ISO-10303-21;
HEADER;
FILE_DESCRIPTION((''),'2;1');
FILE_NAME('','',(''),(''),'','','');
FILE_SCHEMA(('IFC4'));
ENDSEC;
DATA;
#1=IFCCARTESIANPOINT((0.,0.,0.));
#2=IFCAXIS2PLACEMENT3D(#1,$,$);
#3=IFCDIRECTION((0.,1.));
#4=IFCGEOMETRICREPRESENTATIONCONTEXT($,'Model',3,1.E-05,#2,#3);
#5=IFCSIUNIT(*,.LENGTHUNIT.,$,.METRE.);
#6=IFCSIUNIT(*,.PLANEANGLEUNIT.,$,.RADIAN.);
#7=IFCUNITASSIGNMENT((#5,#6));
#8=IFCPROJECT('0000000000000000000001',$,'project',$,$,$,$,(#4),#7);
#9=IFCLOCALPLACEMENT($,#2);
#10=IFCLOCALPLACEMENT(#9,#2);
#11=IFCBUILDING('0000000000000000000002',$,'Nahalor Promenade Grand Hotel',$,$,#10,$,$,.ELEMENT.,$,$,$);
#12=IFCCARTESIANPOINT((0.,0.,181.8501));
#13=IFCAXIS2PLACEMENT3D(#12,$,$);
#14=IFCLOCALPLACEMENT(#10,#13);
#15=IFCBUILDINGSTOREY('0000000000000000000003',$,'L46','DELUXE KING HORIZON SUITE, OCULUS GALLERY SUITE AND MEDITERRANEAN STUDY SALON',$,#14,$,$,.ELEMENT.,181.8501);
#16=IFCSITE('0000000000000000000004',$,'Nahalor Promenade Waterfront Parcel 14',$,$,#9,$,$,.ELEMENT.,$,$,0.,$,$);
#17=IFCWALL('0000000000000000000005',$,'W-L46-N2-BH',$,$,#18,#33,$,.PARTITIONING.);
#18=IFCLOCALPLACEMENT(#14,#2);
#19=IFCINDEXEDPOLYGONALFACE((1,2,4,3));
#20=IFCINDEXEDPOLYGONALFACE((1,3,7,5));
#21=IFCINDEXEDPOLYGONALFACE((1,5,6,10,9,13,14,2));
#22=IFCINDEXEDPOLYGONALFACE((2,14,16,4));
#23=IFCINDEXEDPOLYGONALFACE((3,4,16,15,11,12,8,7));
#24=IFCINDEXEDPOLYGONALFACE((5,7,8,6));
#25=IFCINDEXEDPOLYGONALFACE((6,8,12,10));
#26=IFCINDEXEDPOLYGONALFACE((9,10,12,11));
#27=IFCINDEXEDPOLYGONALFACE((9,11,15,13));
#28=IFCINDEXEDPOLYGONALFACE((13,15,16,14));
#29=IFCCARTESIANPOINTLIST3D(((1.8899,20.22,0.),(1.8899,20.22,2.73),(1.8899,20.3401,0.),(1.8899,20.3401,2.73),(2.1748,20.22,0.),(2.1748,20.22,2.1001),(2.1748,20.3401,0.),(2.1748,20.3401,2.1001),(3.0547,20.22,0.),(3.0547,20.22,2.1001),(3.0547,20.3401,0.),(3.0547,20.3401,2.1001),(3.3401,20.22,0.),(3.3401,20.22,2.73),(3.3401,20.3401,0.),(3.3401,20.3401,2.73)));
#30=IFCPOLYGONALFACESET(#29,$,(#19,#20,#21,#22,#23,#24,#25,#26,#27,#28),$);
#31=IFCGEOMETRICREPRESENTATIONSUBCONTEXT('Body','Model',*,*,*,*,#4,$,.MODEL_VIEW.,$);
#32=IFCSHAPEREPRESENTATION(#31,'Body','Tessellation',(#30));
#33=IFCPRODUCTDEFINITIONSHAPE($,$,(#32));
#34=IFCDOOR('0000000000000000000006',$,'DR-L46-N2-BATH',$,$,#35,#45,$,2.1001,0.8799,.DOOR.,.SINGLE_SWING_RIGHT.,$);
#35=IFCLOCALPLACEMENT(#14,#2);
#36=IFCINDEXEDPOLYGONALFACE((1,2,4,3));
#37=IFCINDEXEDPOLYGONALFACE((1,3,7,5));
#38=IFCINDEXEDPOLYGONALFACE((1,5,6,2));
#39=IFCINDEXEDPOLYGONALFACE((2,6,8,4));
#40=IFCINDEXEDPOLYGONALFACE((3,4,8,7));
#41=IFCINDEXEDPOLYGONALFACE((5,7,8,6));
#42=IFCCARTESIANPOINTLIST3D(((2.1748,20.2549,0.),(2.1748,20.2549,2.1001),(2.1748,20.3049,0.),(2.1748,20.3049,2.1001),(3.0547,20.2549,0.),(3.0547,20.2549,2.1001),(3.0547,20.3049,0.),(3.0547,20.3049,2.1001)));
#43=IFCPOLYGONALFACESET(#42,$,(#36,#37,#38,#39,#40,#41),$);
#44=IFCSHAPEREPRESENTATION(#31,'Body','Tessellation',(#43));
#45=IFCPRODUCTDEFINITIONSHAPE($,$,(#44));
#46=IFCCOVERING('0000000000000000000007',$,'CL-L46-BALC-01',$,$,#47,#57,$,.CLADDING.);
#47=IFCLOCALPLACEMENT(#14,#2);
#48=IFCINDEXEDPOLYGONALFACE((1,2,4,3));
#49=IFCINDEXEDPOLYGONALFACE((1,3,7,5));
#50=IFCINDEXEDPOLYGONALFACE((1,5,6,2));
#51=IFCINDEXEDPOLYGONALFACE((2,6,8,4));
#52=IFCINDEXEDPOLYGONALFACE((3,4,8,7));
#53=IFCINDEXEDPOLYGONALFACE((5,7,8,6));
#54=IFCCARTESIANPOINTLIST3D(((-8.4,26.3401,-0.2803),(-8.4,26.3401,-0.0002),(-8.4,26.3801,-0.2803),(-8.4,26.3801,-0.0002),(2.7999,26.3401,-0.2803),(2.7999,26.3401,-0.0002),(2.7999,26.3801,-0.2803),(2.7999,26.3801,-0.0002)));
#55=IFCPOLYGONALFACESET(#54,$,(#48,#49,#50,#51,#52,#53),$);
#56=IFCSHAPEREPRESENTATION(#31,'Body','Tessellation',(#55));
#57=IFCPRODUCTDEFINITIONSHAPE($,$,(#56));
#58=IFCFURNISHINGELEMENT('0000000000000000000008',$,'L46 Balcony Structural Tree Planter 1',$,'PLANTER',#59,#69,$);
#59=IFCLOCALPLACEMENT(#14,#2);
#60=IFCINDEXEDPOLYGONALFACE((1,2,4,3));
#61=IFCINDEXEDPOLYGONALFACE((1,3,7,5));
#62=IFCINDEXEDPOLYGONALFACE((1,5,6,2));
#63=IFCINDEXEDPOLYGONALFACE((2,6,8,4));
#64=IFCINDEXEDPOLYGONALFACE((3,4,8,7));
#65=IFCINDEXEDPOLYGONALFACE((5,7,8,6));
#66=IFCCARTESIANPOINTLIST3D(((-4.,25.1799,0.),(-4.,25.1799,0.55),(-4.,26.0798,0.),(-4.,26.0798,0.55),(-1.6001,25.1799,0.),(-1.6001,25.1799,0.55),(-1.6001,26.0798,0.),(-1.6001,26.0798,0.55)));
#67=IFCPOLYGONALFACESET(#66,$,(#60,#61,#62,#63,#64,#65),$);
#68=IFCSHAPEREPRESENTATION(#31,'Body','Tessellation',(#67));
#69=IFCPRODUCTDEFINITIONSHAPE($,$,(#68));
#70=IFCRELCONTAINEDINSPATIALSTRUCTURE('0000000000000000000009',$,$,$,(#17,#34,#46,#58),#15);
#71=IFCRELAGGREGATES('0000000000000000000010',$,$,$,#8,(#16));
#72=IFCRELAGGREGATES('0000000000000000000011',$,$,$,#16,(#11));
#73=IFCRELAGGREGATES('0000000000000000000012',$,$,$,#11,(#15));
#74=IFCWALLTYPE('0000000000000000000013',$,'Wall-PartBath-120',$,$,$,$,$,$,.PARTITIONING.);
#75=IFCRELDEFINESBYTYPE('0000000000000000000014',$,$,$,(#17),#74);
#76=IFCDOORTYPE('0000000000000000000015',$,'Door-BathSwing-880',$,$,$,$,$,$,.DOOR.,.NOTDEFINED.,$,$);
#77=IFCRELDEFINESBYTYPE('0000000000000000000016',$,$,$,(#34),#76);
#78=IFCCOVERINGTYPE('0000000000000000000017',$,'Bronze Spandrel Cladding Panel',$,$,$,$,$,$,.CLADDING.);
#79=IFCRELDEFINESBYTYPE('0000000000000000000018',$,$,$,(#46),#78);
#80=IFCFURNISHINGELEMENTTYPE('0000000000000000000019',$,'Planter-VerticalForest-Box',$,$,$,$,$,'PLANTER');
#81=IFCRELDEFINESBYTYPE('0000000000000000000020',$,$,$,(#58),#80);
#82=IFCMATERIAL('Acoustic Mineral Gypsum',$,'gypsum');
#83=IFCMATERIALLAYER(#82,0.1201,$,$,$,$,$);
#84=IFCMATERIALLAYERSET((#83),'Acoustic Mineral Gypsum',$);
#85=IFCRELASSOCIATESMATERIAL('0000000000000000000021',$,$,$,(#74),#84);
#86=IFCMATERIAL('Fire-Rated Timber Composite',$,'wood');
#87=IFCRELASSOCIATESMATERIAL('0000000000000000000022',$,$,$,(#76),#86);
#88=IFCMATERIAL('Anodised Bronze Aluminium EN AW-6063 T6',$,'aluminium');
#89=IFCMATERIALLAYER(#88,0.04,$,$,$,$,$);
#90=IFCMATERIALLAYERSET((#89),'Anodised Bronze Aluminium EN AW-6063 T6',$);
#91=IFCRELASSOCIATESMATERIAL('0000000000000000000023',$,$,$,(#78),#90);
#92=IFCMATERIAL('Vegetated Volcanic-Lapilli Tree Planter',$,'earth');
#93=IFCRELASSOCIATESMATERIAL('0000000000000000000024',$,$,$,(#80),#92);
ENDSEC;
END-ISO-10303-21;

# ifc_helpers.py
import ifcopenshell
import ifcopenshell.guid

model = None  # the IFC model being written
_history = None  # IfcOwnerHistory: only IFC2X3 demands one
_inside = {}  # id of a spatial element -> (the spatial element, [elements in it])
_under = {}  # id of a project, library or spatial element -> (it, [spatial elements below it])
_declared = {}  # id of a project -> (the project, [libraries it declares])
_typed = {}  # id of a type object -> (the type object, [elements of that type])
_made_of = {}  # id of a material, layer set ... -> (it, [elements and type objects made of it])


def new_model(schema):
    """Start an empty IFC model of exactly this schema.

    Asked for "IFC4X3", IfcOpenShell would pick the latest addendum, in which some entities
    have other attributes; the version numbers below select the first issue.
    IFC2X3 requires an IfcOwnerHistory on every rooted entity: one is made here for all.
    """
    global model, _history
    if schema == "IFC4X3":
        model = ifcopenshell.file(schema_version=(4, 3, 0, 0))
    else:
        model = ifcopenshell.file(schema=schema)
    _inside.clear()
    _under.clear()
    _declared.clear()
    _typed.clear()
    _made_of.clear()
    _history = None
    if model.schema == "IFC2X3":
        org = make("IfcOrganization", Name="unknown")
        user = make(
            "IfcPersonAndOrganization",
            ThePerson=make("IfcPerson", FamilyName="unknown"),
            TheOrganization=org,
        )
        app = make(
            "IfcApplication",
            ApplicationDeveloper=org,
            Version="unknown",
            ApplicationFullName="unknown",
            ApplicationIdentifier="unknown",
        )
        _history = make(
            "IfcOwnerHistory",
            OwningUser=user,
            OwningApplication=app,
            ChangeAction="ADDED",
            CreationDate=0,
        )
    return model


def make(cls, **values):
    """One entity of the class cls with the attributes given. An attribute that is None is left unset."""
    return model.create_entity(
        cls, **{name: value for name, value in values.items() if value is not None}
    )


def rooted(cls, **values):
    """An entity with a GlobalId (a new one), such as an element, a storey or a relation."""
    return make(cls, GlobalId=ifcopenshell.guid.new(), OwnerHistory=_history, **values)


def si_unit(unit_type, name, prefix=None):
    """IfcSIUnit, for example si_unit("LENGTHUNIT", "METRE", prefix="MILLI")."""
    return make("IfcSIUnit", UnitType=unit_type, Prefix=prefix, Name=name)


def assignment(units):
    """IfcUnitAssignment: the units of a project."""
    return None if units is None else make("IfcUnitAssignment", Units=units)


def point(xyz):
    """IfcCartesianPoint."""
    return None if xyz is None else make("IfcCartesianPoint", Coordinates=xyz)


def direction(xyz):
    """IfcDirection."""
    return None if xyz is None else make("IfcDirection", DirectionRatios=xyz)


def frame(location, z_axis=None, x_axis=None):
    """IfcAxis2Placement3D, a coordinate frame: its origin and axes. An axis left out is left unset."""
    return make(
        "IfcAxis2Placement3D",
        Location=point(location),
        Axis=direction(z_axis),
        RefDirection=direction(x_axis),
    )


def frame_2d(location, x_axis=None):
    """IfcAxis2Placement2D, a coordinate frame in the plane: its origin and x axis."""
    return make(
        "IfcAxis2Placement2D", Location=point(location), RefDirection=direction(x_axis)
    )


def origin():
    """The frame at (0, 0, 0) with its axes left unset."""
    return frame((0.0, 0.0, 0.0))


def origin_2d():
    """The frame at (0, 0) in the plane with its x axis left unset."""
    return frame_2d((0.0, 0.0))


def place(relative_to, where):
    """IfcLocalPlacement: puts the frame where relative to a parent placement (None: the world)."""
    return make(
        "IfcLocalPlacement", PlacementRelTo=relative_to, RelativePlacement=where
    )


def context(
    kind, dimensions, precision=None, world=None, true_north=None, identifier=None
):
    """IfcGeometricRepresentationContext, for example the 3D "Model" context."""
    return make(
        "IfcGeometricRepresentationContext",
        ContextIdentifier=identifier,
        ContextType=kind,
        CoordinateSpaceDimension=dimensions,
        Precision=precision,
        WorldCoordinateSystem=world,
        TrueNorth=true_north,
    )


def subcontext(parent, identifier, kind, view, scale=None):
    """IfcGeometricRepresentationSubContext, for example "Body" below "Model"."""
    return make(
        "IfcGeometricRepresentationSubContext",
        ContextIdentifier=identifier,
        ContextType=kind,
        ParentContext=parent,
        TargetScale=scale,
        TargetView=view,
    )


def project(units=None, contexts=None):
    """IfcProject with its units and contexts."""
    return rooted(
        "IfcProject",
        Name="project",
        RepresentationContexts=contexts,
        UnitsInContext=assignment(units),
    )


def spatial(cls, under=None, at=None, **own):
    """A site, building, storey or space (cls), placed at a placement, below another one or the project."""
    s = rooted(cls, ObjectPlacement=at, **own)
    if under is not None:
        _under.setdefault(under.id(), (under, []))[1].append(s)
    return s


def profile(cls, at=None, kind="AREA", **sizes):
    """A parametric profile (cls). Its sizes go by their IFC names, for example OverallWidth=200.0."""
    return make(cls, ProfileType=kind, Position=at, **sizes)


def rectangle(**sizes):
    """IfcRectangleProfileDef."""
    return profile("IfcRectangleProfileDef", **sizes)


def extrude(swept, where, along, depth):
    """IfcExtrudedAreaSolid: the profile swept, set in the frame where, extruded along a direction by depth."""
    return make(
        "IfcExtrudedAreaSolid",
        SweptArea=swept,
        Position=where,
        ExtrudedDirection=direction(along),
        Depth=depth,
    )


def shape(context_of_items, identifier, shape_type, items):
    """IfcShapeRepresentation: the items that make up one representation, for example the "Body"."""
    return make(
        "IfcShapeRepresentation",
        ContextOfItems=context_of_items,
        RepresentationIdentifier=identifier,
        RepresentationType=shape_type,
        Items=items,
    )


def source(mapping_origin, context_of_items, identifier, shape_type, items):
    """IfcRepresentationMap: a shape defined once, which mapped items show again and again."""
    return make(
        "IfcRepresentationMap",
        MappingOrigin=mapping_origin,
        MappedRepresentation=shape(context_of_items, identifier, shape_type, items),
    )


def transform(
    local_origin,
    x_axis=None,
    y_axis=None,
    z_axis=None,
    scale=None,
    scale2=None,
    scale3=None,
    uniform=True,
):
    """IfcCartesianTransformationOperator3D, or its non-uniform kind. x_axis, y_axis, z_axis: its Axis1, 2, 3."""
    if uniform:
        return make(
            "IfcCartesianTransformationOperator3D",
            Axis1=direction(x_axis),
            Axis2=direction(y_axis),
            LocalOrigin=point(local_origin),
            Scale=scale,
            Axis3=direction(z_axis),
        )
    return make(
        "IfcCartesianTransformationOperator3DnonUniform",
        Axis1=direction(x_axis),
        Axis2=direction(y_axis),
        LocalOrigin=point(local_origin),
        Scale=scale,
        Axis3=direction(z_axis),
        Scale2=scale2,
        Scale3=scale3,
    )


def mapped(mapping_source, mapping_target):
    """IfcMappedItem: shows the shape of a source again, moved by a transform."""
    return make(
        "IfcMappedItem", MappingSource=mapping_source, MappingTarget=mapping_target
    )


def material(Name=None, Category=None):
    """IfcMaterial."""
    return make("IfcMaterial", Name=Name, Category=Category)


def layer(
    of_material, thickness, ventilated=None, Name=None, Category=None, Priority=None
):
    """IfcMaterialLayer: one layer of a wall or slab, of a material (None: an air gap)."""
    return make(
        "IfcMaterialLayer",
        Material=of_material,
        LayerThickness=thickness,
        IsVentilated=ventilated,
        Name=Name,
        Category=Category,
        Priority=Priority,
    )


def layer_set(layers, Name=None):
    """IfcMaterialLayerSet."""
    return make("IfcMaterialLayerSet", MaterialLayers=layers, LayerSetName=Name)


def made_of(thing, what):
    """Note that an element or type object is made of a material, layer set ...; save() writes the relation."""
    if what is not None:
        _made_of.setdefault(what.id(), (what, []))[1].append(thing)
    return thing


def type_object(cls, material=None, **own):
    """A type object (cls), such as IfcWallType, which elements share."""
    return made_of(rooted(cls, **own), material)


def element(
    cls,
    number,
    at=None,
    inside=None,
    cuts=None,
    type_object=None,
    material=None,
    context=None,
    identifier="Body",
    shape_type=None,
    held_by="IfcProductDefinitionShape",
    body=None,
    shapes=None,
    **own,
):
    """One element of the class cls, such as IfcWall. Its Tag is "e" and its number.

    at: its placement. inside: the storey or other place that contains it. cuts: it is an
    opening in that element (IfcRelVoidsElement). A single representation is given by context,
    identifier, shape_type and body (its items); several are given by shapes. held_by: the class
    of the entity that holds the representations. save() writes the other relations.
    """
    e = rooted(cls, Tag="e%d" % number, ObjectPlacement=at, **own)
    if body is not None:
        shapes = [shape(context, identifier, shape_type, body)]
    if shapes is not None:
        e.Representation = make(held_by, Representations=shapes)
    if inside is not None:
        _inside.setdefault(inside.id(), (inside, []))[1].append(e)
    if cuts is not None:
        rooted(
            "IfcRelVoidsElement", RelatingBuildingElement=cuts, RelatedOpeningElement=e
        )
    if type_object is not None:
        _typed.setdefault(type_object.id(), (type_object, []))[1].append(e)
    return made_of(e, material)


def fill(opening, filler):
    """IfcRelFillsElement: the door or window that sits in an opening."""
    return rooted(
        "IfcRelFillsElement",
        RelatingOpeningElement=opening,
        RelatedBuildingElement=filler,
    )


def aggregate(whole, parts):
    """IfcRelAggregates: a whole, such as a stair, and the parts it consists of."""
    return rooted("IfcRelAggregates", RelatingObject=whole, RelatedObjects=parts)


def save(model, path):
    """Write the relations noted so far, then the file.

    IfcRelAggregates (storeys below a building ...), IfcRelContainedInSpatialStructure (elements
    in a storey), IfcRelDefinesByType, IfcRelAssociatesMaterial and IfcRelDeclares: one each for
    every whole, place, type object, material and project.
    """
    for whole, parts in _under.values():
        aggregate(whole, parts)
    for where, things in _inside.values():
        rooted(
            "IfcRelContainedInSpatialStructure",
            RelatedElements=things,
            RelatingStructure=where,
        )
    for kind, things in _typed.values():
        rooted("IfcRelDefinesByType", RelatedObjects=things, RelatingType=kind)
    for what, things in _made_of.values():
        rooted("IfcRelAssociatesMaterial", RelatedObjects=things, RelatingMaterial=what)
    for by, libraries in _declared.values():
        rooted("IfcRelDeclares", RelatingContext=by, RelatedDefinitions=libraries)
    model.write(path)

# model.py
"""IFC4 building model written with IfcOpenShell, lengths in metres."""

from ifc_helpers import new_model, si_unit, direction, frame, frame_2d, origin, origin_2d, place, context, subcontext, project, spatial, rectangle, extrude, source, transform, mapped, material, layer, layer_set, type_object, element, fill, save


model = new_model("IFC4")

# Units and contexts
model_context = context("Model", 3, precision=1e-05, world=origin(), true_north=direction((0.0, 1.0)))
body_context = subcontext(model_context, "Body", "Model", "MODEL_VIEW")
ifc_project = project(units=[si_unit("LENGTHUNIT", "METRE"), si_unit("PLANEANGLEUNIT", "RADIAN")], contexts=[model_context])

# Site, building, storey
site_placement = place(None, origin())
site = spatial("IfcSite", under=ifc_project, at=site_placement, Name="Nahalor Promenade Waterfront Parcel 14", CompositionType="ELEMENT", RefElevation=0.0)
building_placement = place(site_placement, origin())
building = spatial("IfcBuilding", under=site, at=building_placement, Name="Nahalor Promenade Grand Hotel", CompositionType="ELEMENT")
storey_placement = place(building_placement, frame((0.0, 0.0, 181.8501)))
storey = spatial("IfcBuildingStorey", under=building, at=storey_placement, Name="L46", Description="DELUXE KING HORIZON SUITE, OCULUS GALLERY SUITE AND MEDITERRANEAN STUDY SALON", CompositionType="ELEMENT", Elevation=181.8501)

# Shared definitions
ifc_material_1 = material(Name="Anodised Bronze Aluminium EN AW-6063 T6", Category="aluminium")

# Shared definitions
ifc_material_2 = material(Name="Acoustic Mineral Gypsum", Category="gypsum")
ifc_layer_1 = layer(ifc_material_2, 0.1201)
ifc_layer_set_1 = layer_set([ifc_layer_1], Name="Acoustic Mineral Gypsum")
wall_type_1 = type_object("IfcWallType", Name="Wall-PartBath-120", PredefinedType="PARTITIONING", material=ifc_layer_set_1)
ifc_material_3 = material(Name="Fire-Rated Timber Composite", Category="wood")
door_type_1 = type_object("IfcDoorType", Name="Door-BathSwing-880", OperationType="NOTDEFINED", PredefinedType="DOOR", material=ifc_material_3)
shared_shape_1 = source(origin(), body_context, "Body", "SweptSolid", [
    extrude(rectangle(XDim=0.8799, YDim=2.1001, at=frame_2d((0.4399, 1.05))), frame((0.0, 0.0249, 0.0), z_axis=(0.0, -1.0, 0.0), x_axis=(1.0, 0.0, 0.0)), (0.0, 0.0, 1.0), 0.05),
])

# Wall, opening, door
shared_shape_2 = source(origin(), body_context, "Body", "SweptSolid", [
    extrude(rectangle(XDim=1.4502, YDim=0.1201, at=frame_2d((0.7251, 0.0))), origin(), (0.0, 0.0, 1.0), 2.73),
])
wall_1_placement = place(storey_placement, frame((1.8899, 20.28, 0.0), z_axis=(0.0, 0.0, 1.0), x_axis=(1.0, 0.0, 0.0)))
wall_1 = element("IfcWall", 1, at=wall_1_placement, inside=storey, type_object=wall_type_1, Name="W-L46-N2-BH", PredefinedType="PARTITIONING", context=body_context, shape_type="MappedRepresentation", body=[
    mapped(shared_shape_2, transform((0.0, 0.0, 0.0), scale=1.0)),
])
opening_1_placement = place(wall_1_placement, frame((0.2849, 0.0, 0.0)))
opening_1 = element("IfcOpeningElement", 2, at=opening_1_placement, cuts=wall_1, PredefinedType="OPENING", context=body_context, shape_type="SweptSolid", body=[
    extrude(rectangle(XDim=0.8799, YDim=2.1001, at=frame_2d((0.4399, 1.05))), frame((0.0, 0.0701, 0.0), z_axis=(0.0, -1.0, 0.0), x_axis=(1.0, 0.0, 0.0)), (0.0, 0.0, 1.0), 0.1401),
])
door_1_placement = place(opening_1_placement, origin())
door_1 = element("IfcDoor", 3, at=door_1_placement, inside=storey, type_object=door_type_1, Name="DR-L46-N2-BATH", OperationType="SINGLE_SWING_RIGHT", OverallHeight=2.1001, OverallWidth=0.8799, PredefinedType="DOOR", context=body_context, shape_type="MappedRepresentation", body=[
    mapped(shared_shape_1, transform((0.0, 0.0, 0.0), scale=1.0)),
])
fill(opening_1, door_1)

# Covering
ifc_layer_2 = layer(ifc_material_1, 0.04)
ifc_layer_set_2 = layer_set([ifc_layer_2], Name="Anodised Bronze Aluminium EN AW-6063 T6")
covering_type = type_object("IfcCoveringType", Name="Bronze Spandrel Cladding Panel", PredefinedType="CLADDING", material=ifc_layer_set_2)
shared_shape_3 = source(origin(), body_context, "Body", "SweptSolid", [
    extrude(rectangle(XDim=11.2, YDim=0.04, at=origin_2d()), origin(), (0.0, 0.0, 1.0), 0.28),
])
covering_placement = place(storey_placement, frame((-2.8, 26.3601, -0.2803), z_axis=(0.0, 0.0, 1.0), x_axis=(1.0, 0.0, 0.0)))
element("IfcCovering", 4, at=covering_placement, inside=storey, type_object=covering_type, Name="CL-L46-BALC-01", PredefinedType="CLADDING", context=body_context, shape_type="MappedRepresentation", body=[
    mapped(shared_shape_3, transform((0.0, 0.0, 0.0), scale=1.0)),
])

# Furnishing element
ifc_material_4 = material(Name="Vegetated Volcanic-Lapilli Tree Planter", Category="earth")
furnishing_element_type = type_object("IfcFurnishingElementType", Name="Planter-VerticalForest-Box", ElementType="PLANTER", material=ifc_material_4)
shared_shape_4 = source(origin(), body_context, "Body", "SweptSolid", [
    extrude(rectangle(XDim=2.3999, YDim=0.8999, at=origin_2d()), origin(), (0.0, 0.0, 1.0), 0.55),
])
furnishing_placement = place(storey_placement, frame((-2.8, 25.6299, 0.0), z_axis=(0.0, 0.0, 1.0), x_axis=(1.0, 0.0, 0.0)))
element("IfcFurnishingElement", 5, at=furnishing_placement, inside=storey, type_object=furnishing_element_type, Name="L46 Balcony Structural Tree Planter 1", ObjectType="PLANTER", context=body_context, shape_type="MappedRepresentation", body=[
    mapped(shared_shape_4, transform((0.0, 0.0, 0.0), scale=1.0)),
])

save(model, "model.ifc")
